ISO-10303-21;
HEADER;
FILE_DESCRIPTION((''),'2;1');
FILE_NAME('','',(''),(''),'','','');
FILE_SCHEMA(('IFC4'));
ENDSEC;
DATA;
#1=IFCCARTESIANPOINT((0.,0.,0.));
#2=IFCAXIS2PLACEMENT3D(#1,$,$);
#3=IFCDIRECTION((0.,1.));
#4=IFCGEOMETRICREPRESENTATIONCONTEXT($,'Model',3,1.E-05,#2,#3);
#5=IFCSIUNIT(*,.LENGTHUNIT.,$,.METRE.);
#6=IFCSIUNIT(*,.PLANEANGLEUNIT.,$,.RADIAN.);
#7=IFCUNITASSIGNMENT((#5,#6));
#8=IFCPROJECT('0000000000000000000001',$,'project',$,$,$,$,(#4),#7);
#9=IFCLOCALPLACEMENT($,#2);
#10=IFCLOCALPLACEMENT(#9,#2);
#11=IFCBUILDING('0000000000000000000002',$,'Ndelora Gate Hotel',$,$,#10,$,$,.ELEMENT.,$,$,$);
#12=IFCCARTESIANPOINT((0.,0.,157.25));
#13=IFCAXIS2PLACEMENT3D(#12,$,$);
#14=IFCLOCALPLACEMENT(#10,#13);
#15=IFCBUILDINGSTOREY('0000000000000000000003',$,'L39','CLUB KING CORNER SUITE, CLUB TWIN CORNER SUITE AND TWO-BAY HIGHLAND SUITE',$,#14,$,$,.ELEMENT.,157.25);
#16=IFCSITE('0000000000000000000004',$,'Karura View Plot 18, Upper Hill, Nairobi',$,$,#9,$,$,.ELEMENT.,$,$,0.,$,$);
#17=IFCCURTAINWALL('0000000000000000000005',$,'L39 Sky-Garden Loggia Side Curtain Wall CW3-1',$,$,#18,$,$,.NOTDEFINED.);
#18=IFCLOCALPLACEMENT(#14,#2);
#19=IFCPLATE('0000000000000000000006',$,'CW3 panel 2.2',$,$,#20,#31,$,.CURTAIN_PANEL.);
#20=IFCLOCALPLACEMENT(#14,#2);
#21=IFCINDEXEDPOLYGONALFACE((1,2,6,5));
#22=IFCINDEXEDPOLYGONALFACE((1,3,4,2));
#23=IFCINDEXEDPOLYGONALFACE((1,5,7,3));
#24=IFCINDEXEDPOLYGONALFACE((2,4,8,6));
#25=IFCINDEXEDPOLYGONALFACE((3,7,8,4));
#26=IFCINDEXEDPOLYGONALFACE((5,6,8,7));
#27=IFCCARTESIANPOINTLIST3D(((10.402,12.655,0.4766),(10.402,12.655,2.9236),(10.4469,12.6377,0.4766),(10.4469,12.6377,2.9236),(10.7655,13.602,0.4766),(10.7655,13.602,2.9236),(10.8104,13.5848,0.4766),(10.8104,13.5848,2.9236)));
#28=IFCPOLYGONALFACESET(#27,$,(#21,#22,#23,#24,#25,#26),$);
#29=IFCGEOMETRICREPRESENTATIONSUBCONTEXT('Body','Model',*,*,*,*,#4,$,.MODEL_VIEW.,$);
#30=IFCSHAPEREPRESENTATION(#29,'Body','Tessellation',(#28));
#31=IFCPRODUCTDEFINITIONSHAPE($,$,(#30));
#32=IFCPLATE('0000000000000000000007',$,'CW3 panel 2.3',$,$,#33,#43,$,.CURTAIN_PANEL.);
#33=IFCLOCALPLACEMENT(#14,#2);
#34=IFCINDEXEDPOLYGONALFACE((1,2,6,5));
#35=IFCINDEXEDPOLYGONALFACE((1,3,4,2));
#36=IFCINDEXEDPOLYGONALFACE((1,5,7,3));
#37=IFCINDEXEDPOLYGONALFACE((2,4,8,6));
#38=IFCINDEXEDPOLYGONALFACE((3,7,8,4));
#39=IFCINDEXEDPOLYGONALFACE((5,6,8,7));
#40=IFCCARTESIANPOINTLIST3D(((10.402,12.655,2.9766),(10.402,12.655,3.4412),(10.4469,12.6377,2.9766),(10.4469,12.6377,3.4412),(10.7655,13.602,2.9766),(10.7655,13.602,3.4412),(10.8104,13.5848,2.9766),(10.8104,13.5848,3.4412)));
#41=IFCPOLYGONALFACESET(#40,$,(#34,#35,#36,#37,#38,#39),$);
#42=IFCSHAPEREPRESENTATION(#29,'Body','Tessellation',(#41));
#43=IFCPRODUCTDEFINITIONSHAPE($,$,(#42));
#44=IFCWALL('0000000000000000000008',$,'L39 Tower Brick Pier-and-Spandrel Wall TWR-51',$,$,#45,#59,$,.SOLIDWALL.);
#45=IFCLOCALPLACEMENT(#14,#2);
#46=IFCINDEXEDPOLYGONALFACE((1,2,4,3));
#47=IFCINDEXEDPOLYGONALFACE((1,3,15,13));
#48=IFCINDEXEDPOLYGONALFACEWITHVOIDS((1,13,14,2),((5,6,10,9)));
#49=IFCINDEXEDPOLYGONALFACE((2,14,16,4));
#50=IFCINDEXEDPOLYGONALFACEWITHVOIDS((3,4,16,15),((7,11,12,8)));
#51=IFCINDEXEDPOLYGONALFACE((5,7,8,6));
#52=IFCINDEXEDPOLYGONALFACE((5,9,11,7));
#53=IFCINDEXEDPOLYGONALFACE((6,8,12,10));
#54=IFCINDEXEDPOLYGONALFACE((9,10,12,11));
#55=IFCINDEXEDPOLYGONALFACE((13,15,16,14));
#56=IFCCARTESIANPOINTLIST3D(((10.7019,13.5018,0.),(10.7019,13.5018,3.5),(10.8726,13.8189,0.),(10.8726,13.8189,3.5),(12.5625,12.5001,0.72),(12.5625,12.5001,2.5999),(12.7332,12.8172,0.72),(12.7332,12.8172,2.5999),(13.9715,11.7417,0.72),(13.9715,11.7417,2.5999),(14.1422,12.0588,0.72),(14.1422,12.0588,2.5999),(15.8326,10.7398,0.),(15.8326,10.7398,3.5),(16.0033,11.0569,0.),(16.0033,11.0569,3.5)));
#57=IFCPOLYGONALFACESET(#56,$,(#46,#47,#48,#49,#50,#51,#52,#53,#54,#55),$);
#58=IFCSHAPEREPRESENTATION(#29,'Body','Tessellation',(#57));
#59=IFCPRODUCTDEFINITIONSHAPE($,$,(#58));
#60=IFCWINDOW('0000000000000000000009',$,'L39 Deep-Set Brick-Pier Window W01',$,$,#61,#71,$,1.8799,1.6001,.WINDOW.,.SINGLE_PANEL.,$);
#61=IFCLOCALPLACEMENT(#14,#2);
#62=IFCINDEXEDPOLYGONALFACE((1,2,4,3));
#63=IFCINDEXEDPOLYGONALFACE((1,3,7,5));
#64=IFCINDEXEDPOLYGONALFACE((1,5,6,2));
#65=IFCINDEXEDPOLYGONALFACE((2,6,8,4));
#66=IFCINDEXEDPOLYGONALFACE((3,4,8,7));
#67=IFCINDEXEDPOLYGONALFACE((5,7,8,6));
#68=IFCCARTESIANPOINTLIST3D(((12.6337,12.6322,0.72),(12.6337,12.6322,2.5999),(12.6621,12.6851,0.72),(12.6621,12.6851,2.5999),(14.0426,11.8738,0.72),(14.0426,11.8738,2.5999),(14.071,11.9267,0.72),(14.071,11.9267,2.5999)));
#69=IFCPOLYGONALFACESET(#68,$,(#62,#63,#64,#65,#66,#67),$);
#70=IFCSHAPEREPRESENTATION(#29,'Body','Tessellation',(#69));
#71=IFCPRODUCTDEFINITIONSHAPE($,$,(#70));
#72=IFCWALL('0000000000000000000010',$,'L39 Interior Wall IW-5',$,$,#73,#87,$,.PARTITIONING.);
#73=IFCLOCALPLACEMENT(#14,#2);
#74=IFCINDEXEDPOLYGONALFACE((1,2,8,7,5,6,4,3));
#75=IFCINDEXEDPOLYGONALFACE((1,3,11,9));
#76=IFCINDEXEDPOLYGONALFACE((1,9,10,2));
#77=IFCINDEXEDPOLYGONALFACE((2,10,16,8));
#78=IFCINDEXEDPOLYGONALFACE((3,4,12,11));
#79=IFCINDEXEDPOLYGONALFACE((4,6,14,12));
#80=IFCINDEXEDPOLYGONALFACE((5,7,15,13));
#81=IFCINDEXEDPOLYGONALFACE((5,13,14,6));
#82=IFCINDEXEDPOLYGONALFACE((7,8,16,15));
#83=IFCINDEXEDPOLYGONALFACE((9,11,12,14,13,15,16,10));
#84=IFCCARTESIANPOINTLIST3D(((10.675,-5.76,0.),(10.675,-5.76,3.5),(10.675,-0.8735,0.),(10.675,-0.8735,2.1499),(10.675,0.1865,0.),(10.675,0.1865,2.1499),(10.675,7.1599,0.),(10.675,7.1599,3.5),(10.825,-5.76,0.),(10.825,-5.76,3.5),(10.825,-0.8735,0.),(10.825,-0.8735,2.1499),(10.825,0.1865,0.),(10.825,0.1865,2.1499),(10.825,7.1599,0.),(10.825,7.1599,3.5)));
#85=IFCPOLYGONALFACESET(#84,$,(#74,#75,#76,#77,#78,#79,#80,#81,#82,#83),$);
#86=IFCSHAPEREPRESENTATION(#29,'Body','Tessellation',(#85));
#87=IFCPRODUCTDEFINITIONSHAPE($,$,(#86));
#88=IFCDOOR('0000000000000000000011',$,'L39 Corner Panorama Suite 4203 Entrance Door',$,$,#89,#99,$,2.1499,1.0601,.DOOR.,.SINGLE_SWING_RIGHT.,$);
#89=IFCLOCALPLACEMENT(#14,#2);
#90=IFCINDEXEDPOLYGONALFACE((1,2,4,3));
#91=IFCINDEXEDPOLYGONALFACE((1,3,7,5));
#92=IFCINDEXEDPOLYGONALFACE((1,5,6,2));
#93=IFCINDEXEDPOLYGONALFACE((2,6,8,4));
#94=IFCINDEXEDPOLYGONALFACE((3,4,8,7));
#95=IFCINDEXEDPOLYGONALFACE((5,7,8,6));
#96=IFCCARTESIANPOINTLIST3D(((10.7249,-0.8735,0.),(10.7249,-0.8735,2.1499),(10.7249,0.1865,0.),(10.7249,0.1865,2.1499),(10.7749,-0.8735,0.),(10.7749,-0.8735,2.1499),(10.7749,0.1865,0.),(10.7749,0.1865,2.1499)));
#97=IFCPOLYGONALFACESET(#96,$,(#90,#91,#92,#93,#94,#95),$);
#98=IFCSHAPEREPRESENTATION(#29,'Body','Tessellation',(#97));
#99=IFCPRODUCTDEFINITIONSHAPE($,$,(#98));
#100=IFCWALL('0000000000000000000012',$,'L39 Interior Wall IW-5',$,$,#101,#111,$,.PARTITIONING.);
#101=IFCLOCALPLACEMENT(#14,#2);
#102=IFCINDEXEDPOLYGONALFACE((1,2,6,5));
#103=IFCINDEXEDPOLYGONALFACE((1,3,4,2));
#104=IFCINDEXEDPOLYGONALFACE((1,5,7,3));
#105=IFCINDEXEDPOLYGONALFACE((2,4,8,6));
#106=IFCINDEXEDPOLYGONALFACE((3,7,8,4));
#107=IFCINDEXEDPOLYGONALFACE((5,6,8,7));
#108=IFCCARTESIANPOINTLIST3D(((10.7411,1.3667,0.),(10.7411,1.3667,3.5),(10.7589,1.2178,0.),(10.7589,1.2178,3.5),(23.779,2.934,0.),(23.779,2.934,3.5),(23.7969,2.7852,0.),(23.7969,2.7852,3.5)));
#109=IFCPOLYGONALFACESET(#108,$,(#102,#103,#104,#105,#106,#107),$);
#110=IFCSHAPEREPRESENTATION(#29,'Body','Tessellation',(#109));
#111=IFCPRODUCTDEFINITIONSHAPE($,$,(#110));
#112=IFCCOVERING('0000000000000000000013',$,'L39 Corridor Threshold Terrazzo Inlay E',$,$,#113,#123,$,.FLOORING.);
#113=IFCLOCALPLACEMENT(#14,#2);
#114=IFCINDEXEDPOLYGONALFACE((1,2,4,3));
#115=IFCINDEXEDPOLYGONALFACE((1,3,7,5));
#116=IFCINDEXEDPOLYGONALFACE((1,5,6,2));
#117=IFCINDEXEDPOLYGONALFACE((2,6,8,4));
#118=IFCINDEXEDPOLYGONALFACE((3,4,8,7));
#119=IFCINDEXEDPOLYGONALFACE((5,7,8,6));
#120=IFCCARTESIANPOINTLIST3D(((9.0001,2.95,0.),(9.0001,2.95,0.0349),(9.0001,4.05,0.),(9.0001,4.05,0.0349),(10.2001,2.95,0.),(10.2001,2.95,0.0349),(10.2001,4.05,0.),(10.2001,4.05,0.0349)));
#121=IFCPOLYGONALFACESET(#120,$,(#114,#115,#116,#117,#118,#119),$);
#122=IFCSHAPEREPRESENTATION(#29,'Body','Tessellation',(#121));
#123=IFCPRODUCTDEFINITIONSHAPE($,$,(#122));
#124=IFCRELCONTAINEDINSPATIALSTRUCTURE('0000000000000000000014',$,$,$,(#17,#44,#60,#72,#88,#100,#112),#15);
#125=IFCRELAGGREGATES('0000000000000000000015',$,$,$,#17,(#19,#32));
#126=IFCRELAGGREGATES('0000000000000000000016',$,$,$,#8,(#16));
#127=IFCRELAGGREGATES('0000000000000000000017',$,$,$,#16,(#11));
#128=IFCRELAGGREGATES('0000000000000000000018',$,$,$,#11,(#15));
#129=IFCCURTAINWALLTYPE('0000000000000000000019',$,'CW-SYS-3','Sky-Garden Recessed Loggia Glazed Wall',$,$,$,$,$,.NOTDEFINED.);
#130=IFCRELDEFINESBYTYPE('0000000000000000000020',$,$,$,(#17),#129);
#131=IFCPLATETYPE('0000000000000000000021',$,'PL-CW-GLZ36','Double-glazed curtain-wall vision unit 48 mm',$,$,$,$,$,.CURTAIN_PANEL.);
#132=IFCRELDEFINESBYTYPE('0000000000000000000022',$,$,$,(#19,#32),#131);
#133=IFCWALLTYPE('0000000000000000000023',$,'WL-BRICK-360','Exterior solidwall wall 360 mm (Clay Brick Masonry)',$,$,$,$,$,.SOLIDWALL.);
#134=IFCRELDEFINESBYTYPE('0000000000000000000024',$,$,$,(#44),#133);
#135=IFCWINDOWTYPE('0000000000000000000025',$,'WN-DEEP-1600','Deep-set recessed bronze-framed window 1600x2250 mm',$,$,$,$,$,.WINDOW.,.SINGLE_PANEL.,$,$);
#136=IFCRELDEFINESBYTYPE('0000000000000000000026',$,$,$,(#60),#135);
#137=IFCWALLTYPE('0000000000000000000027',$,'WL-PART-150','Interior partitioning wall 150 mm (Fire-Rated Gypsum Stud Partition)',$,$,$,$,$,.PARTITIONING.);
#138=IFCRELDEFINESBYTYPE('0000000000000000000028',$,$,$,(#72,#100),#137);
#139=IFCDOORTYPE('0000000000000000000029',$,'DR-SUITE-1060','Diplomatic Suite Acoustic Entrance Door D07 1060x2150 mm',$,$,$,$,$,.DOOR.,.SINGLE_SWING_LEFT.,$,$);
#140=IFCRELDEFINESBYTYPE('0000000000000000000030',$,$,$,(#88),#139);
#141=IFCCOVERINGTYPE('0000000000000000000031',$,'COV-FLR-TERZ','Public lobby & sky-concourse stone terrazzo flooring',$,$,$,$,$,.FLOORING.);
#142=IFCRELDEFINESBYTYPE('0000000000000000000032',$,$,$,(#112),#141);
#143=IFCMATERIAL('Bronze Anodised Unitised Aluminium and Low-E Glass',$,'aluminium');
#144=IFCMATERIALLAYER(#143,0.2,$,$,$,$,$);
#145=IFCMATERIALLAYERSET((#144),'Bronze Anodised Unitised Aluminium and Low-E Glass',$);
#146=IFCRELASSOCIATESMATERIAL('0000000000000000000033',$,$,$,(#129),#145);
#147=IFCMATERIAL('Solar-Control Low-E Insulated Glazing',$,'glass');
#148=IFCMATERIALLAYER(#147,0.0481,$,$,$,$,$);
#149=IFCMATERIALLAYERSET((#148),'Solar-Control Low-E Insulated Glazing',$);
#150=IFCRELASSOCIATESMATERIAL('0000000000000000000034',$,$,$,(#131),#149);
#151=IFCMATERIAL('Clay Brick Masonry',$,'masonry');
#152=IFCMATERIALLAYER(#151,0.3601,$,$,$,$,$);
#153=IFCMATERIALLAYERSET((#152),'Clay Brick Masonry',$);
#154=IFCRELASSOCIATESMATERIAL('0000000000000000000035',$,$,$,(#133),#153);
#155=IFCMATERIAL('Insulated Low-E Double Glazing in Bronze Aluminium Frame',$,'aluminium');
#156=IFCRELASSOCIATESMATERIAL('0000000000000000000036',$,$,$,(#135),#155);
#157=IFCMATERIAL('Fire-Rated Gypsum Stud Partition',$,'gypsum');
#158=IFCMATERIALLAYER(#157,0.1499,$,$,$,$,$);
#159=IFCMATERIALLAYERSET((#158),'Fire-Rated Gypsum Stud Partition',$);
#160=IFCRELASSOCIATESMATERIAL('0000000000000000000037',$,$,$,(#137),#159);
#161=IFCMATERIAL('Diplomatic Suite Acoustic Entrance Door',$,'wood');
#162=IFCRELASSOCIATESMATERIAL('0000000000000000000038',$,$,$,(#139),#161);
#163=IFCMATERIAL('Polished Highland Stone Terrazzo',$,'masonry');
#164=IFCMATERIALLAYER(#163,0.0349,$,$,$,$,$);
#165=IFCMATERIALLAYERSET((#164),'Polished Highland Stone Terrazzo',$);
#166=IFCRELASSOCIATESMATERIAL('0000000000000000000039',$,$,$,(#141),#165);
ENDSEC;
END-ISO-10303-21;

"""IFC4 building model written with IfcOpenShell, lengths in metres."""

from ifc_helpers import new_model, si_unit, direction, frame, frame_2d, origin, origin_2d, place, context, subcontext, project, spatial, rectangle, extrude, material, layer, layer_set, type_object, element, fill, aggregate, save


model = new_model("IFC4")

# Units and contexts
model_context = context("Model", 3, precision=1e-05, world=origin(), true_north=direction((0.0, 1.0)))
body_context = subcontext(model_context, "Body", "Model", "MODEL_VIEW")
ifc_project = project(units=[si_unit("LENGTHUNIT", "METRE"), si_unit("PLANEANGLEUNIT", "RADIAN")], contexts=[model_context])

# Site, building, storey
site_placement = place(None, origin())
site = spatial("IfcSite", under=ifc_project, at=site_placement, Name="Karura View Plot 18, Upper Hill, Nairobi", CompositionType="ELEMENT", RefElevation=0.0)
building_placement = place(site_placement, origin())
building = spatial("IfcBuilding", under=site, at=building_placement, Name="Ndelora Gate Hotel", CompositionType="ELEMENT")
storey_placement = place(building_placement, frame((0.0, 0.0, 157.25)))
storey = spatial("IfcBuildingStorey", under=building, at=storey_placement, Name="L39", Description="CLUB KING CORNER SUITE, CLUB TWIN CORNER SUITE AND TWO-BAY HIGHLAND SUITE", CompositionType="ELEMENT", Elevation=157.25)

# Curtain wall, plates
ifc_material_1 = material(Name="Bronze Anodised Unitised Aluminium and Low-E Glass", Category="aluminium")
ifc_layer_1 = layer(ifc_material_1, 0.2)
ifc_layer_set_1 = layer_set([ifc_layer_1], Name="Bronze Anodised Unitised Aluminium and Low-E Glass")
curtain_wall_type = type_object("IfcCurtainWallType", Name="CW-SYS-3", Description="Sky-Garden Recessed Loggia Glazed Wall", PredefinedType="NOTDEFINED", material=ifc_layer_set_1)
curtain_wall_placement = place(storey_placement, origin())
curtain_wall = element("IfcCurtainWall", 1, at=curtain_wall_placement, inside=storey, type_object=curtain_wall_type, Name="L39 Sky-Garden Loggia Side Curtain Wall CW3-1", PredefinedType="NOTDEFINED")
ifc_material_2 = material(Name="Solar-Control Low-E Insulated Glazing", Category="glass")
ifc_layer_2 = layer(ifc_material_2, 0.0481)
ifc_layer_set_2 = layer_set([ifc_layer_2], Name="Solar-Control Low-E Insulated Glazing")
plate_type = type_object("IfcPlateType", Name="PL-CW-GLZ36", Description="Double-glazed curtain-wall vision unit 48 mm", PredefinedType="CURTAIN_PANEL", material=ifc_layer_set_2)
plate_1_placement = place(storey_placement, frame((10.6062, 13.1199, 0.4766), z_axis=(0.0, 0.0, 1.0), x_axis=(0.358361, 0.933583, 0.0)))
plate_1 = element("IfcPlate", 2, at=plate_1_placement, type_object=plate_type, Name="CW3 panel 2.2", PredefinedType="CURTAIN_PANEL", context=body_context, shape_type="SweptSolid", body=[
    extrude(rectangle(XDim=1.0144, YDim=0.0481, at=origin_2d()), origin(), (0.0, 0.0, 1.0), 2.447),
])
plate_2_placement = place(storey_placement, frame((10.6062, 13.1199, 2.9766), z_axis=(0.0, 0.0, 1.0), x_axis=(0.358361, 0.933583, 0.0)))
plate_2 = element("IfcPlate", 3, at=plate_2_placement, type_object=plate_type, Name="CW3 panel 2.3", PredefinedType="CURTAIN_PANEL", context=body_context, shape_type="SweptSolid", body=[
    extrude(rectangle(XDim=1.0144, YDim=0.0481, at=origin_2d()), origin(), (0.0, 0.0, 1.0), 0.4646),
])
aggregate(curtain_wall, [plate_1, plate_2])

# Wall, opening, window
ifc_material_3 = material(Name="Clay Brick Masonry", Category="masonry")
ifc_layer_3 = layer(ifc_material_3, 0.3601)
ifc_layer_set_3 = layer_set([ifc_layer_3], Name="Clay Brick Masonry")
wall_type_1 = type_object("IfcWallType", Name="WL-BRICK-360", Description="Exterior solidwall wall 360 mm (Clay Brick Masonry)", PredefinedType="SOLIDWALL", material=ifc_layer_set_3)
wall_1_placement = place(storey_placement, frame((10.7871, 13.6604, 0.0), z_axis=(0.0, 0.0, 1.0), x_axis=(0.88052, -0.47401, 0.0)))
wall_1 = element("IfcWall", 4, at=wall_1_placement, inside=storey, type_object=wall_type_1, Name="L39 Tower Brick Pier-and-Spandrel Wall TWR-51", PredefinedType="SOLIDWALL", context=body_context, shape_type="SweptSolid", body=[
    extrude(rectangle(XDim=5.8269, YDim=0.3601, at=frame_2d((2.9136, 0.0))), origin(), (0.0, 0.0, 1.0), 3.5),
])
opening_1_placement = place(wall_1_placement, frame((2.1133, 0.0, 0.72)))
opening_1 = element("IfcOpeningElement", 5, at=opening_1_placement, cuts=wall_1, PredefinedType="OPENING", context=body_context, shape_type="SweptSolid", body=[
    extrude(rectangle(XDim=1.6001, YDim=1.8799, at=frame_2d((0.8, 0.9399))), frame((0.0, 0.1899, 0.0), z_axis=(0.0, -1.0, 0.0), x_axis=(1.0, 0.0, 0.0)), (0.0, 0.0, 1.0), 0.3801),
])
ifc_material_4 = material(Name="Insulated Low-E Double Glazing in Bronze Aluminium Frame", Category="aluminium")
window_type = type_object("IfcWindowType", Name="WN-DEEP-1600", Description="Deep-set recessed bronze-framed window 1600x2250 mm", PartitioningType="SINGLE_PANEL", PredefinedType="WINDOW", material=ifc_material_4)
window_placement = place(opening_1_placement, origin())
window = element("IfcWindow", 6, at=window_placement, inside=storey, type_object=window_type, Name="L39 Deep-Set Brick-Pier Window W01", OverallHeight=1.8799, OverallWidth=1.6001, PartitioningType="SINGLE_PANEL", PredefinedType="WINDOW", context=body_context, shape_type="SweptSolid", body=[
    extrude(rectangle(XDim=1.6001, YDim=1.8799, at=frame_2d((0.8, 0.9399))), frame((0.0, 0.03, 0.0), z_axis=(0.0, -1.0, 0.0), x_axis=(1.0, 0.0, 0.0)), (0.0, 0.0, 1.0), 0.0601),
])
fill(opening_1, window)

# Wall, opening, door
ifc_material_5 = material(Name="Fire-Rated Gypsum Stud Partition", Category="gypsum")
ifc_layer_4 = layer(ifc_material_5, 0.1499)
ifc_layer_set_4 = layer_set([ifc_layer_4], Name="Fire-Rated Gypsum Stud Partition")
wall_type_2 = type_object("IfcWallType", Name="WL-PART-150", Description="Interior partitioning wall 150 mm (Fire-Rated Gypsum Stud Partition)", PredefinedType="PARTITIONING", material=ifc_layer_set_4)
wall_2_placement = place(storey_placement, frame((10.75, 7.1599, 0.0), z_axis=(0.0, 0.0, 1.0), x_axis=(0.0, -1.0, 0.0)))
wall_2 = element("IfcWall", 7, at=wall_2_placement, inside=storey, type_object=wall_type_2, Name="L39 Interior Wall IW-5", PredefinedType="PARTITIONING", context=body_context, shape_type="SweptSolid", body=[
    extrude(rectangle(XDim=12.9199, YDim=0.1499, at=frame_2d((6.46, 0.0))), origin(), (0.0, 0.0, 1.0), 3.5),
])
opening_2_placement = place(wall_2_placement, frame((6.9734, 0.0, 0.0)))
opening_2 = element("IfcOpeningElement", 8, at=opening_2_placement, cuts=wall_2, PredefinedType="OPENING", context=body_context, shape_type="SweptSolid", body=[
    extrude(rectangle(XDim=1.0601, YDim=2.1499, at=frame_2d((0.53, 1.075))), frame((0.0, 0.085, 0.0), z_axis=(0.0, -1.0, 0.0), x_axis=(1.0, 0.0, 0.0)), (0.0, 0.0, 1.0), 0.1699),
])
ifc_material_6 = material(Name="Diplomatic Suite Acoustic Entrance Door", Category="wood")
door_type = type_object("IfcDoorType", Name="DR-SUITE-1060", Description="Diplomatic Suite Acoustic Entrance Door D07 1060x2150 mm", OperationType="SINGLE_SWING_LEFT", PredefinedType="DOOR", material=ifc_material_6)
door_placement = place(opening_2_placement, origin())
door = element("IfcDoor", 9, at=door_placement, inside=storey, type_object=door_type, Name="L39 Corner Panorama Suite 4203 Entrance Door", OperationType="SINGLE_SWING_RIGHT", OverallHeight=2.1499, OverallWidth=1.0601, PredefinedType="DOOR", context=body_context, shape_type="SweptSolid", body=[
    extrude(rectangle(XDim=1.0601, YDim=2.1499, at=frame_2d((0.53, 1.075))), frame((0.0, 0.0249, 0.0), z_axis=(0.0, -1.0, 0.0), x_axis=(1.0, 0.0, 0.0)), (0.0, 0.0, 1.0), 0.05),
])
fill(opening_2, door)

# Wall
wall_3_placement = place(storey_placement, frame((10.75, 1.2922, 0.0), z_axis=(0.0, 0.0, 1.0), x_axis=(0.992851, 0.119359, 0.0)))
element("IfcWall", 10, at=wall_3_placement, inside=storey, type_object=wall_type_2, Name="L39 Interior Wall IW-5", PredefinedType="PARTITIONING", context=body_context, shape_type="SweptSolid", body=[
    extrude(rectangle(XDim=13.1318, YDim=0.1499, at=frame_2d((6.5659, 0.0))), origin(), (0.0, 0.0, 1.0), 3.5),
])

# Covering
ifc_material_7 = material(Name="Polished Highland Stone Terrazzo", Category="masonry")
ifc_layer_5 = layer(ifc_material_7, 0.0349)
ifc_layer_set_5 = layer_set([ifc_layer_5], Name="Polished Highland Stone Terrazzo")
covering_type = type_object("IfcCoveringType", Name="COV-FLR-TERZ", Description="Public lobby & sky-concourse stone terrazzo flooring", PredefinedType="FLOORING", material=ifc_layer_set_5)
covering_placement = place(storey_placement, frame((9.6001, 3.5, 0.0), z_axis=(0.0, 0.0, 1.0), x_axis=(1.0, 0.0, 0.0)))
element("IfcCovering", 11, at=covering_placement, inside=storey, type_object=covering_type, Name="L39 Corridor Threshold Terrazzo Inlay E", PredefinedType="FLOORING", context=body_context, shape_type="SweptSolid", body=[
    extrude(rectangle(XDim=1.2, YDim=1.1001, at=origin_2d()), origin(), (0.0, 0.0, 1.0), 0.0349),
])

save(model, "model.ifc")
